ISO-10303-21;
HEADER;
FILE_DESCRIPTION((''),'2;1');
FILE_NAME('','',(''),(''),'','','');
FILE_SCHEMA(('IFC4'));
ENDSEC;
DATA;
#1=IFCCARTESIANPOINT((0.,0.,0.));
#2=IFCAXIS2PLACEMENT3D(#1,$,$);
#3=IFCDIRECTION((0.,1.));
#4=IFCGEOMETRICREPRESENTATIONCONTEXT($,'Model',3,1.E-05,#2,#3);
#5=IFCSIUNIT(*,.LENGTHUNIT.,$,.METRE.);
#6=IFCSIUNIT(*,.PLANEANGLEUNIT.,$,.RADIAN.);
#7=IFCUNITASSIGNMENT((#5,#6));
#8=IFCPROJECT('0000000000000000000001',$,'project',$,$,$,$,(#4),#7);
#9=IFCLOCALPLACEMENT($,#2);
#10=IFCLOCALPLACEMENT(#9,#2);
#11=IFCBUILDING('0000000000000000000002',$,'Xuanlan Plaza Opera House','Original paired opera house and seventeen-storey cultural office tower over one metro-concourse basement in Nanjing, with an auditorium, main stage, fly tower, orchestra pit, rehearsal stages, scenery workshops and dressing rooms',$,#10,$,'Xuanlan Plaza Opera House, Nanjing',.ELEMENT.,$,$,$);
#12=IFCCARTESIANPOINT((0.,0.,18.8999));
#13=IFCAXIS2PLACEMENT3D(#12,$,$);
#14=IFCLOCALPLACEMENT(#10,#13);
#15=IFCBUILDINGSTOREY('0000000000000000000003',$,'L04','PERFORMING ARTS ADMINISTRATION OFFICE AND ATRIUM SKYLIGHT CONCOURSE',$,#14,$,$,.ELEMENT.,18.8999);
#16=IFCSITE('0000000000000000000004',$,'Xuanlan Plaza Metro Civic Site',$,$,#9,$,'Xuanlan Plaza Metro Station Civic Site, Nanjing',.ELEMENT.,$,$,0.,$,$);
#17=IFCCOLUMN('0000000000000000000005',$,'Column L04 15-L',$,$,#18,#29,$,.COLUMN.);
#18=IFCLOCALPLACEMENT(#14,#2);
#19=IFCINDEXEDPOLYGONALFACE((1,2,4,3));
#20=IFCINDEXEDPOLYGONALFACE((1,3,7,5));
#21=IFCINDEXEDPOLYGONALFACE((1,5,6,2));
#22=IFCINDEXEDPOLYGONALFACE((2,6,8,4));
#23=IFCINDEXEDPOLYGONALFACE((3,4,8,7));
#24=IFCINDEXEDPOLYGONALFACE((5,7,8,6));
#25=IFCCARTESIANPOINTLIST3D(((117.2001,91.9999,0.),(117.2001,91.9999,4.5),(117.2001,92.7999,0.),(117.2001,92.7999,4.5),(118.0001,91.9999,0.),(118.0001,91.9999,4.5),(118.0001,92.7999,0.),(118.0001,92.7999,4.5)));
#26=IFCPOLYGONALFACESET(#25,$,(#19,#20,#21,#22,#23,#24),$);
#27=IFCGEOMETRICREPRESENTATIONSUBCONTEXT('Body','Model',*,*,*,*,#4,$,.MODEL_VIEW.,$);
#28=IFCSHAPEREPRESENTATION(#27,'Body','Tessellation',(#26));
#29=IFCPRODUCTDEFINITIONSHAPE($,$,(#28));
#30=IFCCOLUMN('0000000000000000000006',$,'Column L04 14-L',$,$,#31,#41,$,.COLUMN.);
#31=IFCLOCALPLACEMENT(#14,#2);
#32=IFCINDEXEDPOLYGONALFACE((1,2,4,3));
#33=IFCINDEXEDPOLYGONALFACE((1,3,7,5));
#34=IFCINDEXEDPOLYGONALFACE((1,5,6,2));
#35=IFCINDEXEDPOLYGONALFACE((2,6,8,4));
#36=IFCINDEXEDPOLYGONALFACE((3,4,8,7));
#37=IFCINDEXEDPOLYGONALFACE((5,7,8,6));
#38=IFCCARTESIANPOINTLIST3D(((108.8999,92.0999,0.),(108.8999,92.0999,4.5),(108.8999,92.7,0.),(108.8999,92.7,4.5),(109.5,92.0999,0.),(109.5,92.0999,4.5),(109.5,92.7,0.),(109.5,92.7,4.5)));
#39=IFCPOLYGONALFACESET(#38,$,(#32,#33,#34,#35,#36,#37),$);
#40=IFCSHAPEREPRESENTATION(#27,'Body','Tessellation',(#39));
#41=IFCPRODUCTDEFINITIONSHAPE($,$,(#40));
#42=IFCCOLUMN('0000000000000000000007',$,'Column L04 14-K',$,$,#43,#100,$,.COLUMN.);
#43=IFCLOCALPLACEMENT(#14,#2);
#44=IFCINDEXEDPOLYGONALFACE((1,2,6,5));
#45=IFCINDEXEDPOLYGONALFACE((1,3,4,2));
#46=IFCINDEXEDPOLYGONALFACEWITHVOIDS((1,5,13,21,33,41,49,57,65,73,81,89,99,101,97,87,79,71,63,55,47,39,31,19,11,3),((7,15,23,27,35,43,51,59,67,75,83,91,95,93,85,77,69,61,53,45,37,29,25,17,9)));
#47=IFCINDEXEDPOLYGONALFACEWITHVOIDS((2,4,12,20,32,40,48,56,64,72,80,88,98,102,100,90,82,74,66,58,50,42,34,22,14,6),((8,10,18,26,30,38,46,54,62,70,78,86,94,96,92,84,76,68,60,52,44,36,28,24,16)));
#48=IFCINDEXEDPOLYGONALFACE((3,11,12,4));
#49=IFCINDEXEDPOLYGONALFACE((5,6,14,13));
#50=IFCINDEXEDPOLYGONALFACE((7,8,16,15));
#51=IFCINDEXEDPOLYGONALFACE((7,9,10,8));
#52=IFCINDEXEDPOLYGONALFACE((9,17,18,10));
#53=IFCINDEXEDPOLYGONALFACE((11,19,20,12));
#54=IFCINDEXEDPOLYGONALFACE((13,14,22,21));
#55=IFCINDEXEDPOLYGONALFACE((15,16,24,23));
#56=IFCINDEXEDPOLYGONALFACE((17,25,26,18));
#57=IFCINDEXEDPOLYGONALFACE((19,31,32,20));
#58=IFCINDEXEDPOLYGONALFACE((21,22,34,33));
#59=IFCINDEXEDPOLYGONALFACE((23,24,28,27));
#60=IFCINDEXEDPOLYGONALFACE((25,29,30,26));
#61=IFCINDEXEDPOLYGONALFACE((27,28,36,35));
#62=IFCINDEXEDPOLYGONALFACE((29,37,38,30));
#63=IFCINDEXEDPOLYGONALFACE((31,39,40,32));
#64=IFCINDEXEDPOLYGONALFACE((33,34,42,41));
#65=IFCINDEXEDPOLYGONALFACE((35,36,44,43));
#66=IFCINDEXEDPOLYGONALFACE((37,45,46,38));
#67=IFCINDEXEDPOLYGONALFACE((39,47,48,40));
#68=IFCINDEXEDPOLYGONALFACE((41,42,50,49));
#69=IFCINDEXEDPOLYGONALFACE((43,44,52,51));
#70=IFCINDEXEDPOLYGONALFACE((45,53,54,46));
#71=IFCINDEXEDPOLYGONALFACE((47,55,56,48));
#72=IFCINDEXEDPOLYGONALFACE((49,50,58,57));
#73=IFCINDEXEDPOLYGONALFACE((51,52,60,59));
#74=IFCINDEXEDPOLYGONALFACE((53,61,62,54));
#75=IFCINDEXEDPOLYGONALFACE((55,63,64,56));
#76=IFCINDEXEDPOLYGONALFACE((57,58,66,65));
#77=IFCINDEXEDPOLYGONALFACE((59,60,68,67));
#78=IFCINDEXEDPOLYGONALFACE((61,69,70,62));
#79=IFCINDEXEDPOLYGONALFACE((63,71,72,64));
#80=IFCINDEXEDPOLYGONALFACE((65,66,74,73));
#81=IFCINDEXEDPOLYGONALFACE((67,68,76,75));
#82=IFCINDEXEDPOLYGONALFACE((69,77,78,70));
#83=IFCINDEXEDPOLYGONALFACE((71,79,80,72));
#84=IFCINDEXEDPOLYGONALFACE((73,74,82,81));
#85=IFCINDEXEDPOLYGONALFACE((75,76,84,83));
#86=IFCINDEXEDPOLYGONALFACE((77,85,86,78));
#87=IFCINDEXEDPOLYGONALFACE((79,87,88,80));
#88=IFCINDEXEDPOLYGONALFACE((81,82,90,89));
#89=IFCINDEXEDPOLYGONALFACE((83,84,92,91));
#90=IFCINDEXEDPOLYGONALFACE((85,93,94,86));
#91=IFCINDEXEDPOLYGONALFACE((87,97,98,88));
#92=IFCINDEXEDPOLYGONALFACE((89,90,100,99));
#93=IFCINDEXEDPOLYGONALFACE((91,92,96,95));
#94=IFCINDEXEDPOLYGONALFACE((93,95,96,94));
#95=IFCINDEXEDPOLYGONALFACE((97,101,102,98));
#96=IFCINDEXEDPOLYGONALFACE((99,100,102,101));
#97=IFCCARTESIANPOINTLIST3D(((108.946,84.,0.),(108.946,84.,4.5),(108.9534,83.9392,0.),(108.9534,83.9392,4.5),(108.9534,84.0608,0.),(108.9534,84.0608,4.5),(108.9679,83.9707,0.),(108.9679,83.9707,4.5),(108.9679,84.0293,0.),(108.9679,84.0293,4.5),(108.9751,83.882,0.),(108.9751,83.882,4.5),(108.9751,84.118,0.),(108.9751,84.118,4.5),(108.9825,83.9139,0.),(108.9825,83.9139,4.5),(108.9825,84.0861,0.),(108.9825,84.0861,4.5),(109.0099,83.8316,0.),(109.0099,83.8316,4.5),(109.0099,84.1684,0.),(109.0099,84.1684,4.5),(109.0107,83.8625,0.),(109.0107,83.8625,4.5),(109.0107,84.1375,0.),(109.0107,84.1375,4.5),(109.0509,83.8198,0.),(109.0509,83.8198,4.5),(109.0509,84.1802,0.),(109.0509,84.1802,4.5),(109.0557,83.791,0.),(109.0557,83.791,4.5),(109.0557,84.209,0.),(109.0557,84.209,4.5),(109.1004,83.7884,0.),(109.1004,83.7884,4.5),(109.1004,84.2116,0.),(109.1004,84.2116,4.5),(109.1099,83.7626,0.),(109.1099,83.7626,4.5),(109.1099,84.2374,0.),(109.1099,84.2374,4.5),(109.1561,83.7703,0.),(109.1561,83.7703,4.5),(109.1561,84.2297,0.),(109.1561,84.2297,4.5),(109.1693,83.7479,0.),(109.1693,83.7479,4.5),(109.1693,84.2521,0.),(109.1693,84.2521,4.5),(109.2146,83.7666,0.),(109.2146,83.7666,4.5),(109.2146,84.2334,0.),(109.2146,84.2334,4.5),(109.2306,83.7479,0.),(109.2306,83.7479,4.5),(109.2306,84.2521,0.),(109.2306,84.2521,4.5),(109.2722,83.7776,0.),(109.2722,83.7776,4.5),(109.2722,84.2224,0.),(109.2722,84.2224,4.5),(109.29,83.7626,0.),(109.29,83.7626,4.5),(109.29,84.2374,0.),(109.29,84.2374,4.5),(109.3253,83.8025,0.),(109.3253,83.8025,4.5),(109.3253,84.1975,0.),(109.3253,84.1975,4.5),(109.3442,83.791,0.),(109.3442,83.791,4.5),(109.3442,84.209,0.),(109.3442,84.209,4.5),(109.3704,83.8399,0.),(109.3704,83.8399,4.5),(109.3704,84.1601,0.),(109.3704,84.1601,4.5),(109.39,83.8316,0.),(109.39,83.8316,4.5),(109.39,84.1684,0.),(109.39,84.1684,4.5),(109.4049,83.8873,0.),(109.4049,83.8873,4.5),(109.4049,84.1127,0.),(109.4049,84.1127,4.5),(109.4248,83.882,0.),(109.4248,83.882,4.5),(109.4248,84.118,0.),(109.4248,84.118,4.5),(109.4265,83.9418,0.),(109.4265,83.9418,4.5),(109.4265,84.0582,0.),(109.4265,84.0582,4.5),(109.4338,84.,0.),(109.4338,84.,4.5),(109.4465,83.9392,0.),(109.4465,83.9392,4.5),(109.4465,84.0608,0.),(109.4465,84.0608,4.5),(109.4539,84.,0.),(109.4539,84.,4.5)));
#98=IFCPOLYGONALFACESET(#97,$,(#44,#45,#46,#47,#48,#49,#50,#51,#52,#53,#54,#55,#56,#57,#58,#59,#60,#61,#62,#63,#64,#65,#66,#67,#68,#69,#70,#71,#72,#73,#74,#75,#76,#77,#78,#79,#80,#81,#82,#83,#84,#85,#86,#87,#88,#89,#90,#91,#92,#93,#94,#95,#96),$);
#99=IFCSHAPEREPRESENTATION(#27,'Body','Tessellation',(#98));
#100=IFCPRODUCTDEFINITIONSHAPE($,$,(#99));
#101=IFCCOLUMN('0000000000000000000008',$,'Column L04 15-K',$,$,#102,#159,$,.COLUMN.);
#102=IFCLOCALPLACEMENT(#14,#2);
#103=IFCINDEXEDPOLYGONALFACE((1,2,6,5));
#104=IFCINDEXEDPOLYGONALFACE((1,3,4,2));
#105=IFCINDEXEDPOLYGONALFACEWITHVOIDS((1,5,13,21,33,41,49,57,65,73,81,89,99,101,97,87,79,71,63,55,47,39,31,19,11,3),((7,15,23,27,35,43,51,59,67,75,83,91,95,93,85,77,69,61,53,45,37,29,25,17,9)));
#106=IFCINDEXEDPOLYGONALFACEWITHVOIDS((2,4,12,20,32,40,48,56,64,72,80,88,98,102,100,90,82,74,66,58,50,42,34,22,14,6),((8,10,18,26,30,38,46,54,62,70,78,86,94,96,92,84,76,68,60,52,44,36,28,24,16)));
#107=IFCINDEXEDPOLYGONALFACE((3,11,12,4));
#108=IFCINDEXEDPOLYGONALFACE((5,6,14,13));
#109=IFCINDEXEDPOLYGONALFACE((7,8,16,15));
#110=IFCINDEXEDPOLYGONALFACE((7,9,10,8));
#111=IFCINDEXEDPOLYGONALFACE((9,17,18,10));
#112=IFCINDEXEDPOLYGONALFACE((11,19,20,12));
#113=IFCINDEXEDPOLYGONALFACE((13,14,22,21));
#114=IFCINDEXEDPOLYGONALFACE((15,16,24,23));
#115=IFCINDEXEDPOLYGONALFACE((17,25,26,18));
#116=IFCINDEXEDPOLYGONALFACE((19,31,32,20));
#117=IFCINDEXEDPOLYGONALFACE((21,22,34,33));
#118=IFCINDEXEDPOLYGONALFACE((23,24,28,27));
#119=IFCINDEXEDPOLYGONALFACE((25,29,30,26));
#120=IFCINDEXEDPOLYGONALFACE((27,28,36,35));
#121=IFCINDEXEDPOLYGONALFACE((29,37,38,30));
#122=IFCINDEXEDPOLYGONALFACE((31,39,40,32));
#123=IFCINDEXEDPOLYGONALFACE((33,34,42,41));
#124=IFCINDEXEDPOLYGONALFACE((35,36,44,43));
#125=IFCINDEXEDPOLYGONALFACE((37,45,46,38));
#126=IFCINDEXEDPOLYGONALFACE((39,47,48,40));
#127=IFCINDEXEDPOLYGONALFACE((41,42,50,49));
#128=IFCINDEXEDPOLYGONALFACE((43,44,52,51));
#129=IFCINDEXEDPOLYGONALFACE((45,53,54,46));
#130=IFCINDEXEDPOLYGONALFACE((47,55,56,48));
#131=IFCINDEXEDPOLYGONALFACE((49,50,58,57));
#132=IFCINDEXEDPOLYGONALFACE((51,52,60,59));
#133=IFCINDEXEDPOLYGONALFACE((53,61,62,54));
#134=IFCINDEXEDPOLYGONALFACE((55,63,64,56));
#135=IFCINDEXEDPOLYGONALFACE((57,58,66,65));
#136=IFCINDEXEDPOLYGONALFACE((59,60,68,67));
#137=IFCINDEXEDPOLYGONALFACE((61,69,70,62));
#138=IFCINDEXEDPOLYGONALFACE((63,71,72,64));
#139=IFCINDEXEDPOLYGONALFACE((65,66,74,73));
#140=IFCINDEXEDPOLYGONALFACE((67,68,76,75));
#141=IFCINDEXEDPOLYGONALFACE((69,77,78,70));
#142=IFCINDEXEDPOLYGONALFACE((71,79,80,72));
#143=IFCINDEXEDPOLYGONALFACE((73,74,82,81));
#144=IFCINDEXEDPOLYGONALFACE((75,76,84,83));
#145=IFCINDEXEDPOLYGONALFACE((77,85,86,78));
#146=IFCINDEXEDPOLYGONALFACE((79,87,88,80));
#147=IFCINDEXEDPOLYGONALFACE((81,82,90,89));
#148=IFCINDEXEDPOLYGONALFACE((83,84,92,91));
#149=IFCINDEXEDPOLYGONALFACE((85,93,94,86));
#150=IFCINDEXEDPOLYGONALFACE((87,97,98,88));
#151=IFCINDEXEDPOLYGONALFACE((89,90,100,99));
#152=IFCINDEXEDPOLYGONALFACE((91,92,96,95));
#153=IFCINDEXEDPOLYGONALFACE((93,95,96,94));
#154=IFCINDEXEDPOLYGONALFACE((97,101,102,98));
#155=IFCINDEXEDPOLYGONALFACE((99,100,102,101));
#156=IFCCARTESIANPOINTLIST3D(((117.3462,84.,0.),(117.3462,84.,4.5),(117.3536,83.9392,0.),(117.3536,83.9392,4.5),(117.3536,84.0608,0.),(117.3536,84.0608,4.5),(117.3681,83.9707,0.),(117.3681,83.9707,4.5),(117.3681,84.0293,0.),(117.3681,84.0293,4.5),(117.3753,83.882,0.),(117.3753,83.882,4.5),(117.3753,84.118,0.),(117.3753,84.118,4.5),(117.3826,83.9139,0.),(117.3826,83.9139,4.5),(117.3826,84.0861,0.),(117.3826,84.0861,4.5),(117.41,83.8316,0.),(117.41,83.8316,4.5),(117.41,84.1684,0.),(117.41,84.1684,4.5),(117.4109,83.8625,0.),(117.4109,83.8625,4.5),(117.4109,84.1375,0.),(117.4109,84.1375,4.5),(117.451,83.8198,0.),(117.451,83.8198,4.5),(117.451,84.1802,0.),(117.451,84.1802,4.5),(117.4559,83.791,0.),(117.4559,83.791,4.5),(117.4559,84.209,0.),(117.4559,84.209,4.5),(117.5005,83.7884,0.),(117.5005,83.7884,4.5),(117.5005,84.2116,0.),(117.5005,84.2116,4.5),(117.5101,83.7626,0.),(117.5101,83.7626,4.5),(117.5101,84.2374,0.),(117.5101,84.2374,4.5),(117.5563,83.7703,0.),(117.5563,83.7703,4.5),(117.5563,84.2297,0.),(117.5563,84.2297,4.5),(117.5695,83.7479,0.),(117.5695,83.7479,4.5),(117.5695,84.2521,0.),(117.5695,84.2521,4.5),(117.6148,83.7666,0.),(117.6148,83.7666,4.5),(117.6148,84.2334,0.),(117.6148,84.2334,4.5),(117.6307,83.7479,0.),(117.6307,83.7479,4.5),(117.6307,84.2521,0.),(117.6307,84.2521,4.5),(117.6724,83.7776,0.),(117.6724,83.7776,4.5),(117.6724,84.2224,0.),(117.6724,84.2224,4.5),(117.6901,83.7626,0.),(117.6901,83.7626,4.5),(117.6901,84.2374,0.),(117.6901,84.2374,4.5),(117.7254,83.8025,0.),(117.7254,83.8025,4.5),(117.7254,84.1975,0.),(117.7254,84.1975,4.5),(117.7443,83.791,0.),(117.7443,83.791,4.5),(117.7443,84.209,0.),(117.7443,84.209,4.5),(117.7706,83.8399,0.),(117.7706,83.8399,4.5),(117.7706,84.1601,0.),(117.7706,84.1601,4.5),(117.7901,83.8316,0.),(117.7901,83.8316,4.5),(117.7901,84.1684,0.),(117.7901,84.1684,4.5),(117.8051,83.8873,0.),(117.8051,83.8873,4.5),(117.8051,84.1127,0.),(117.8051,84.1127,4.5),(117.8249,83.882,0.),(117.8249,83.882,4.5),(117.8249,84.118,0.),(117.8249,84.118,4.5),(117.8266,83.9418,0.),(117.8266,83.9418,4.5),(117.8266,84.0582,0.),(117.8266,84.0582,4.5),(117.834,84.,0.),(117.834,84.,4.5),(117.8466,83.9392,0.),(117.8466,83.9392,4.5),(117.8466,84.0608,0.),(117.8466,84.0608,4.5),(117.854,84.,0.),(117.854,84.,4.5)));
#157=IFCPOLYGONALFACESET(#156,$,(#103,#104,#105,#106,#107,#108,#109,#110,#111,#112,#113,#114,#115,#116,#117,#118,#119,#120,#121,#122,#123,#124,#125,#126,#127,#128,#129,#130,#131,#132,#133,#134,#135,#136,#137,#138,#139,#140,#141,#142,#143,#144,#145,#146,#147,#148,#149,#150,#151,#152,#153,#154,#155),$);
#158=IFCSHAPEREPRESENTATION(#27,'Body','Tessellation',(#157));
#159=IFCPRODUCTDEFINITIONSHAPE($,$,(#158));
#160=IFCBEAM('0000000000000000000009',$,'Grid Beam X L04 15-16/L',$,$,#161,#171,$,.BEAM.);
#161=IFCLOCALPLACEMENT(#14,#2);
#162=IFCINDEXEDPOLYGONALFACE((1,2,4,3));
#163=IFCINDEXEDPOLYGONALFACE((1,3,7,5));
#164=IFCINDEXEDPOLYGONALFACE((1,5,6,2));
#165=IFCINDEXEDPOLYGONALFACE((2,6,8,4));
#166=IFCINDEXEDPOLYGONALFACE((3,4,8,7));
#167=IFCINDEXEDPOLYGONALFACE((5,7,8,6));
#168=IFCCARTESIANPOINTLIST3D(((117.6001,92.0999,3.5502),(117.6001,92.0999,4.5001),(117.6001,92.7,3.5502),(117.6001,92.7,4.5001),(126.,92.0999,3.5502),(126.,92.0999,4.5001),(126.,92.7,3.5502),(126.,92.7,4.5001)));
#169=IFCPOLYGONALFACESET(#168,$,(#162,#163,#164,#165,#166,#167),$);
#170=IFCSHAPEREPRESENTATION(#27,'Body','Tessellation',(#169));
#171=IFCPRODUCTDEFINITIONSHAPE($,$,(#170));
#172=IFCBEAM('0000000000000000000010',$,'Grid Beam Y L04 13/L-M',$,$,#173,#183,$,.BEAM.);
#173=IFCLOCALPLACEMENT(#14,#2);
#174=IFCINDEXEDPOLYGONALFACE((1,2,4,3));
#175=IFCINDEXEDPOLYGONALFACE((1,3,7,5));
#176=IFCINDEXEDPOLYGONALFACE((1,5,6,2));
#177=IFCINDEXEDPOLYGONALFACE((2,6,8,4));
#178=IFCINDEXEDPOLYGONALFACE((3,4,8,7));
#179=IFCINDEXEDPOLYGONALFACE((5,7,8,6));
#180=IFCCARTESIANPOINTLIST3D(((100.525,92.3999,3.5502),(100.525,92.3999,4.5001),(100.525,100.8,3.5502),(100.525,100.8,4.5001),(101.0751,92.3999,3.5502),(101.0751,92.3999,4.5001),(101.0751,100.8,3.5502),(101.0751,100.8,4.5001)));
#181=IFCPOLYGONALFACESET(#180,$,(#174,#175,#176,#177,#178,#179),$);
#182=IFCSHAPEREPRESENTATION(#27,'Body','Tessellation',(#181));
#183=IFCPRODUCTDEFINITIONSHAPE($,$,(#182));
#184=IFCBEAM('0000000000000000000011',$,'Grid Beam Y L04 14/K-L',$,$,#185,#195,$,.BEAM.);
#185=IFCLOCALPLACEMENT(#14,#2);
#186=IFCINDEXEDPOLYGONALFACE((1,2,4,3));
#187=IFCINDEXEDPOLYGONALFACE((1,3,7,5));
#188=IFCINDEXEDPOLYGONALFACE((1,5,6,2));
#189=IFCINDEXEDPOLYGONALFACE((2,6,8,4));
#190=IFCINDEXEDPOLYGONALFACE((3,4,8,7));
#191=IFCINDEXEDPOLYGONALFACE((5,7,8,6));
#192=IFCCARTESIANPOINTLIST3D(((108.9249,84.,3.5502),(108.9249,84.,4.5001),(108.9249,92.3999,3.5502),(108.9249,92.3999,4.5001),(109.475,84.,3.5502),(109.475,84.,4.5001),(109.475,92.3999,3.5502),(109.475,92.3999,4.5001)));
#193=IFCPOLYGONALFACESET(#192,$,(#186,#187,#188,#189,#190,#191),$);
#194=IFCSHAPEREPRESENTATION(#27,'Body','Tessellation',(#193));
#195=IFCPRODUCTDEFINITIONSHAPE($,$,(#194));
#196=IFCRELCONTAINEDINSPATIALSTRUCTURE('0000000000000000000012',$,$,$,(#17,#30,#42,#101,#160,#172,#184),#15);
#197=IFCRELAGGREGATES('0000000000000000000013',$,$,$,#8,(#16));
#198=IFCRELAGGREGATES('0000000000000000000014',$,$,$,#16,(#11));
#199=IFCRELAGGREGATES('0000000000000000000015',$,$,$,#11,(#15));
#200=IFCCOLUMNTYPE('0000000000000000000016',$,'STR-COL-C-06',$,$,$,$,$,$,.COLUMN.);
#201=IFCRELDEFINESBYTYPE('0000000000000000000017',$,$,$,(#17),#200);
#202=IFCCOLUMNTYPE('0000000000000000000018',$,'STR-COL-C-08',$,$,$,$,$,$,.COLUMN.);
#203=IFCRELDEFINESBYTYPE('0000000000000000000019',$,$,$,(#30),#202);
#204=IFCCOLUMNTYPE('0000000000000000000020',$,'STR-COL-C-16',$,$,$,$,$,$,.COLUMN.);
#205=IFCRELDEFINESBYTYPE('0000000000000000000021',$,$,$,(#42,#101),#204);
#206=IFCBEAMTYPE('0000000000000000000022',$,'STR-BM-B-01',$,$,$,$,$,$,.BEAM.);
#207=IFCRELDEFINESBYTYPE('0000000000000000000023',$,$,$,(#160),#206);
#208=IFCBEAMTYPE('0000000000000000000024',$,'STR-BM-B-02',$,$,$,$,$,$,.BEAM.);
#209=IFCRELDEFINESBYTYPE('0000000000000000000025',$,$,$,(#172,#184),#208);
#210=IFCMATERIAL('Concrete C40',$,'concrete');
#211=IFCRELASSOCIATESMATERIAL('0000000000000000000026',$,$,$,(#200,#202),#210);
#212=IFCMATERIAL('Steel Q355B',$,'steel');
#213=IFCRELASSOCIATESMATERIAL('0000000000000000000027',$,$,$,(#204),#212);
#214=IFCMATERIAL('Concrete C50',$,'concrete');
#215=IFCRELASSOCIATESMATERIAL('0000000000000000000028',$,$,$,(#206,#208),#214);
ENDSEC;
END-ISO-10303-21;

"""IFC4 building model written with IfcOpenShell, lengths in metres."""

from ifc_helpers import new_model, si_unit, direction, frame, origin, origin_2d, place, context, subcontext, project, spatial, rectangle, hollow_circle, extrude, material, material_profile, profile_set, type_object, element, save


model = new_model("IFC4")

# Units and contexts
model_context = context("Model", 3, precision=1e-05, world=origin(), true_north=direction((0.0, 1.0)))
body_context = subcontext(model_context, "Body", "Model", "MODEL_VIEW")
ifc_project = project(units=[si_unit("LENGTHUNIT", "METRE"), si_unit("PLANEANGLEUNIT", "RADIAN")], contexts=[model_context])

# Site, building, storey
site_placement = place(None, origin())
site = spatial("IfcSite", under=ifc_project, at=site_placement, Name="Xuanlan Plaza Metro Civic Site", LongName="Xuanlan Plaza Metro Station Civic Site, Nanjing", CompositionType="ELEMENT", RefElevation=0.0)
building_placement = place(site_placement, origin())
building = spatial("IfcBuilding", under=site, at=building_placement, Name="Xuanlan Plaza Opera House", Description="Original paired opera house and seventeen-storey cultural office tower over one metro-concourse basement in Nanjing, with an auditorium, main stage, fly tower, orchestra pit, rehearsal stages, scenery workshops and dressing rooms", LongName="Xuanlan Plaza Opera House, Nanjing", CompositionType="ELEMENT")
storey_placement = place(building_placement, frame((0.0, 0.0, 18.8999)))
storey = spatial("IfcBuildingStorey", under=building, at=storey_placement, Name="L04", Description="PERFORMING ARTS ADMINISTRATION OFFICE AND ATRIUM SKYLIGHT CONCOURSE", CompositionType="ELEMENT", Elevation=18.8999)

# Columns
ifc_material_1 = material(Name="Concrete C40", Category="concrete")
ifc_material_profile_1 = material_profile(ifc_material_1, rectangle(XDim=0.8, YDim=0.8, at=origin_2d()), Name="RC-COL 800x800")
ifc_profile_set_1 = profile_set([ifc_material_profile_1], Name="Concrete C40")
column_type_1 = type_object("IfcColumnType", Name="STR-COL-C-06", PredefinedType="COLUMN", material=ifc_profile_set_1)
column_1_placement = place(storey_placement, frame((117.6001, 92.3999, 0.0), z_axis=(0.0, 0.0, 1.0), x_axis=(1.0, 0.0, 0.0)))
element("IfcColumn", 1, at=column_1_placement, inside=storey, type_object=column_type_1, Name="Column L04 15-L", PredefinedType="COLUMN", context=body_context, shape_type="SweptSolid", body=[
    extrude(rectangle(XDim=0.8, YDim=0.8, at=origin_2d()), origin(), (0.0, 0.0, 1.0), 4.5),
])
ifc_material_profile_2 = material_profile(ifc_material_1, rectangle(XDim=0.6001, YDim=0.6001, at=origin_2d()), Name="RC-COL 600x600")
ifc_profile_set_2 = profile_set([ifc_material_profile_2], Name="Concrete C40")
column_type_2 = type_object("IfcColumnType", Name="STR-COL-C-08", PredefinedType="COLUMN", material=ifc_profile_set_2)
column_2_placement = place(storey_placement, frame((109.2, 92.3999, 0.0), z_axis=(0.0, 0.0, 1.0), x_axis=(1.0, 0.0, 0.0)))
element("IfcColumn", 2, at=column_2_placement, inside=storey, type_object=column_type_2, Name="Column L04 14-L", PredefinedType="COLUMN", context=body_context, shape_type="SweptSolid", body=[
    extrude(rectangle(XDim=0.6001, YDim=0.6001, at=origin_2d()), origin(), (0.0, 0.0, 1.0), 4.5),
])
ifc_material_2 = material(Name="Steel Q355B", Category="steel")
ifc_material_profile_3 = material_profile(ifc_material_2, hollow_circle(Radius=0.2539, WallThickness=0.02, at=origin_2d()), Name="CHS 508x20")
ifc_profile_set_3 = profile_set([ifc_material_profile_3], Name="Steel Q355B")
column_type_3 = type_object("IfcColumnType", Name="STR-COL-C-16", PredefinedType="COLUMN", material=ifc_profile_set_3)
for number, where, z_axis, x_axis, name in (
    (3, (109.2, 84.0, 0.0), (0.0, 0.0, 1.0), (1.0, 0.0, 0.0), "Column L04 14-K"),
    (4, (117.6001, 84.0, 0.0), (0.0, 0.0, 1.0), (1.0, 0.0, 0.0), "Column L04 15-K"),
):
    element("IfcColumn", number, at=place(storey_placement, frame(where, z_axis=z_axis, x_axis=x_axis)), inside=storey, type_object=column_type_3, Name=name, PredefinedType="COLUMN", context=body_context, shape_type="SweptSolid", body=[
        extrude(hollow_circle(Radius=0.2539, WallThickness=0.02, at=origin_2d()), origin(), (0.0, 0.0, 1.0), 4.5),
    ])

# Beams
ifc_material_3 = material(Name="Concrete C50", Category="concrete")
ifc_material_profile_4 = material_profile(ifc_material_3, rectangle(XDim=0.6001, YDim=0.95, at=origin_2d()), Name="RC-BM 600x950")
ifc_profile_set_4 = profile_set([ifc_material_profile_4], Name="Concrete C50")
beam_type_1 = type_object("IfcBeamType", Name="STR-BM-B-01", PredefinedType="BEAM", material=ifc_profile_set_4)
beam_1_placement = place(storey_placement, frame((117.6001, 92.3999, 4.0251), z_axis=(1.0, 0.0, 0.0), x_axis=(0.0, 1.0, 0.0)))
element("IfcBeam", 5, at=beam_1_placement, inside=storey, type_object=beam_type_1, Name="Grid Beam X L04 15-16/L", PredefinedType="BEAM", context=body_context, shape_type="SweptSolid", body=[
    extrude(rectangle(XDim=0.6001, YDim=0.95, at=origin_2d()), origin(), (0.0, 0.0, 1.0), 8.3999),
])
ifc_material_profile_5 = material_profile(ifc_material_3, rectangle(XDim=0.55, YDim=0.95, at=origin_2d()), Name="RC-BM 550x950")
ifc_profile_set_5 = profile_set([ifc_material_profile_5], Name="Concrete C50")
beam_type_2 = type_object("IfcBeamType", Name="STR-BM-B-02", PredefinedType="BEAM", material=ifc_profile_set_5)
beam_2_placement = place(storey_placement, frame((100.8, 92.3999, 4.0251), z_axis=(0.0, 1.0, 0.0), x_axis=(-1.0, 0.0, 0.0)))
element("IfcBeam", 6, at=beam_2_placement, inside=storey, type_object=beam_type_2, Name="Grid Beam Y L04 13/L-M", PredefinedType="BEAM", context=body_context, shape_type="SweptSolid", body=[
    extrude(rectangle(XDim=0.55, YDim=0.95, at=origin_2d()), origin(), (0.0, 0.0, 1.0), 8.4001),
])
beam_3_placement = place(storey_placement, frame((109.2, 84.0, 4.0251), z_axis=(0.0, 1.0, 0.0), x_axis=(-1.0, 0.0, 0.0)))
element("IfcBeam", 7, at=beam_3_placement, inside=storey, type_object=beam_type_2, Name="Grid Beam Y L04 14/K-L", PredefinedType="BEAM", context=body_context, shape_type="SweptSolid", body=[
    extrude(rectangle(XDim=0.55, YDim=0.95, at=origin_2d()), origin(), (0.0, 0.0, 1.0), 8.3999),
])

save(model, "model.ifc")
